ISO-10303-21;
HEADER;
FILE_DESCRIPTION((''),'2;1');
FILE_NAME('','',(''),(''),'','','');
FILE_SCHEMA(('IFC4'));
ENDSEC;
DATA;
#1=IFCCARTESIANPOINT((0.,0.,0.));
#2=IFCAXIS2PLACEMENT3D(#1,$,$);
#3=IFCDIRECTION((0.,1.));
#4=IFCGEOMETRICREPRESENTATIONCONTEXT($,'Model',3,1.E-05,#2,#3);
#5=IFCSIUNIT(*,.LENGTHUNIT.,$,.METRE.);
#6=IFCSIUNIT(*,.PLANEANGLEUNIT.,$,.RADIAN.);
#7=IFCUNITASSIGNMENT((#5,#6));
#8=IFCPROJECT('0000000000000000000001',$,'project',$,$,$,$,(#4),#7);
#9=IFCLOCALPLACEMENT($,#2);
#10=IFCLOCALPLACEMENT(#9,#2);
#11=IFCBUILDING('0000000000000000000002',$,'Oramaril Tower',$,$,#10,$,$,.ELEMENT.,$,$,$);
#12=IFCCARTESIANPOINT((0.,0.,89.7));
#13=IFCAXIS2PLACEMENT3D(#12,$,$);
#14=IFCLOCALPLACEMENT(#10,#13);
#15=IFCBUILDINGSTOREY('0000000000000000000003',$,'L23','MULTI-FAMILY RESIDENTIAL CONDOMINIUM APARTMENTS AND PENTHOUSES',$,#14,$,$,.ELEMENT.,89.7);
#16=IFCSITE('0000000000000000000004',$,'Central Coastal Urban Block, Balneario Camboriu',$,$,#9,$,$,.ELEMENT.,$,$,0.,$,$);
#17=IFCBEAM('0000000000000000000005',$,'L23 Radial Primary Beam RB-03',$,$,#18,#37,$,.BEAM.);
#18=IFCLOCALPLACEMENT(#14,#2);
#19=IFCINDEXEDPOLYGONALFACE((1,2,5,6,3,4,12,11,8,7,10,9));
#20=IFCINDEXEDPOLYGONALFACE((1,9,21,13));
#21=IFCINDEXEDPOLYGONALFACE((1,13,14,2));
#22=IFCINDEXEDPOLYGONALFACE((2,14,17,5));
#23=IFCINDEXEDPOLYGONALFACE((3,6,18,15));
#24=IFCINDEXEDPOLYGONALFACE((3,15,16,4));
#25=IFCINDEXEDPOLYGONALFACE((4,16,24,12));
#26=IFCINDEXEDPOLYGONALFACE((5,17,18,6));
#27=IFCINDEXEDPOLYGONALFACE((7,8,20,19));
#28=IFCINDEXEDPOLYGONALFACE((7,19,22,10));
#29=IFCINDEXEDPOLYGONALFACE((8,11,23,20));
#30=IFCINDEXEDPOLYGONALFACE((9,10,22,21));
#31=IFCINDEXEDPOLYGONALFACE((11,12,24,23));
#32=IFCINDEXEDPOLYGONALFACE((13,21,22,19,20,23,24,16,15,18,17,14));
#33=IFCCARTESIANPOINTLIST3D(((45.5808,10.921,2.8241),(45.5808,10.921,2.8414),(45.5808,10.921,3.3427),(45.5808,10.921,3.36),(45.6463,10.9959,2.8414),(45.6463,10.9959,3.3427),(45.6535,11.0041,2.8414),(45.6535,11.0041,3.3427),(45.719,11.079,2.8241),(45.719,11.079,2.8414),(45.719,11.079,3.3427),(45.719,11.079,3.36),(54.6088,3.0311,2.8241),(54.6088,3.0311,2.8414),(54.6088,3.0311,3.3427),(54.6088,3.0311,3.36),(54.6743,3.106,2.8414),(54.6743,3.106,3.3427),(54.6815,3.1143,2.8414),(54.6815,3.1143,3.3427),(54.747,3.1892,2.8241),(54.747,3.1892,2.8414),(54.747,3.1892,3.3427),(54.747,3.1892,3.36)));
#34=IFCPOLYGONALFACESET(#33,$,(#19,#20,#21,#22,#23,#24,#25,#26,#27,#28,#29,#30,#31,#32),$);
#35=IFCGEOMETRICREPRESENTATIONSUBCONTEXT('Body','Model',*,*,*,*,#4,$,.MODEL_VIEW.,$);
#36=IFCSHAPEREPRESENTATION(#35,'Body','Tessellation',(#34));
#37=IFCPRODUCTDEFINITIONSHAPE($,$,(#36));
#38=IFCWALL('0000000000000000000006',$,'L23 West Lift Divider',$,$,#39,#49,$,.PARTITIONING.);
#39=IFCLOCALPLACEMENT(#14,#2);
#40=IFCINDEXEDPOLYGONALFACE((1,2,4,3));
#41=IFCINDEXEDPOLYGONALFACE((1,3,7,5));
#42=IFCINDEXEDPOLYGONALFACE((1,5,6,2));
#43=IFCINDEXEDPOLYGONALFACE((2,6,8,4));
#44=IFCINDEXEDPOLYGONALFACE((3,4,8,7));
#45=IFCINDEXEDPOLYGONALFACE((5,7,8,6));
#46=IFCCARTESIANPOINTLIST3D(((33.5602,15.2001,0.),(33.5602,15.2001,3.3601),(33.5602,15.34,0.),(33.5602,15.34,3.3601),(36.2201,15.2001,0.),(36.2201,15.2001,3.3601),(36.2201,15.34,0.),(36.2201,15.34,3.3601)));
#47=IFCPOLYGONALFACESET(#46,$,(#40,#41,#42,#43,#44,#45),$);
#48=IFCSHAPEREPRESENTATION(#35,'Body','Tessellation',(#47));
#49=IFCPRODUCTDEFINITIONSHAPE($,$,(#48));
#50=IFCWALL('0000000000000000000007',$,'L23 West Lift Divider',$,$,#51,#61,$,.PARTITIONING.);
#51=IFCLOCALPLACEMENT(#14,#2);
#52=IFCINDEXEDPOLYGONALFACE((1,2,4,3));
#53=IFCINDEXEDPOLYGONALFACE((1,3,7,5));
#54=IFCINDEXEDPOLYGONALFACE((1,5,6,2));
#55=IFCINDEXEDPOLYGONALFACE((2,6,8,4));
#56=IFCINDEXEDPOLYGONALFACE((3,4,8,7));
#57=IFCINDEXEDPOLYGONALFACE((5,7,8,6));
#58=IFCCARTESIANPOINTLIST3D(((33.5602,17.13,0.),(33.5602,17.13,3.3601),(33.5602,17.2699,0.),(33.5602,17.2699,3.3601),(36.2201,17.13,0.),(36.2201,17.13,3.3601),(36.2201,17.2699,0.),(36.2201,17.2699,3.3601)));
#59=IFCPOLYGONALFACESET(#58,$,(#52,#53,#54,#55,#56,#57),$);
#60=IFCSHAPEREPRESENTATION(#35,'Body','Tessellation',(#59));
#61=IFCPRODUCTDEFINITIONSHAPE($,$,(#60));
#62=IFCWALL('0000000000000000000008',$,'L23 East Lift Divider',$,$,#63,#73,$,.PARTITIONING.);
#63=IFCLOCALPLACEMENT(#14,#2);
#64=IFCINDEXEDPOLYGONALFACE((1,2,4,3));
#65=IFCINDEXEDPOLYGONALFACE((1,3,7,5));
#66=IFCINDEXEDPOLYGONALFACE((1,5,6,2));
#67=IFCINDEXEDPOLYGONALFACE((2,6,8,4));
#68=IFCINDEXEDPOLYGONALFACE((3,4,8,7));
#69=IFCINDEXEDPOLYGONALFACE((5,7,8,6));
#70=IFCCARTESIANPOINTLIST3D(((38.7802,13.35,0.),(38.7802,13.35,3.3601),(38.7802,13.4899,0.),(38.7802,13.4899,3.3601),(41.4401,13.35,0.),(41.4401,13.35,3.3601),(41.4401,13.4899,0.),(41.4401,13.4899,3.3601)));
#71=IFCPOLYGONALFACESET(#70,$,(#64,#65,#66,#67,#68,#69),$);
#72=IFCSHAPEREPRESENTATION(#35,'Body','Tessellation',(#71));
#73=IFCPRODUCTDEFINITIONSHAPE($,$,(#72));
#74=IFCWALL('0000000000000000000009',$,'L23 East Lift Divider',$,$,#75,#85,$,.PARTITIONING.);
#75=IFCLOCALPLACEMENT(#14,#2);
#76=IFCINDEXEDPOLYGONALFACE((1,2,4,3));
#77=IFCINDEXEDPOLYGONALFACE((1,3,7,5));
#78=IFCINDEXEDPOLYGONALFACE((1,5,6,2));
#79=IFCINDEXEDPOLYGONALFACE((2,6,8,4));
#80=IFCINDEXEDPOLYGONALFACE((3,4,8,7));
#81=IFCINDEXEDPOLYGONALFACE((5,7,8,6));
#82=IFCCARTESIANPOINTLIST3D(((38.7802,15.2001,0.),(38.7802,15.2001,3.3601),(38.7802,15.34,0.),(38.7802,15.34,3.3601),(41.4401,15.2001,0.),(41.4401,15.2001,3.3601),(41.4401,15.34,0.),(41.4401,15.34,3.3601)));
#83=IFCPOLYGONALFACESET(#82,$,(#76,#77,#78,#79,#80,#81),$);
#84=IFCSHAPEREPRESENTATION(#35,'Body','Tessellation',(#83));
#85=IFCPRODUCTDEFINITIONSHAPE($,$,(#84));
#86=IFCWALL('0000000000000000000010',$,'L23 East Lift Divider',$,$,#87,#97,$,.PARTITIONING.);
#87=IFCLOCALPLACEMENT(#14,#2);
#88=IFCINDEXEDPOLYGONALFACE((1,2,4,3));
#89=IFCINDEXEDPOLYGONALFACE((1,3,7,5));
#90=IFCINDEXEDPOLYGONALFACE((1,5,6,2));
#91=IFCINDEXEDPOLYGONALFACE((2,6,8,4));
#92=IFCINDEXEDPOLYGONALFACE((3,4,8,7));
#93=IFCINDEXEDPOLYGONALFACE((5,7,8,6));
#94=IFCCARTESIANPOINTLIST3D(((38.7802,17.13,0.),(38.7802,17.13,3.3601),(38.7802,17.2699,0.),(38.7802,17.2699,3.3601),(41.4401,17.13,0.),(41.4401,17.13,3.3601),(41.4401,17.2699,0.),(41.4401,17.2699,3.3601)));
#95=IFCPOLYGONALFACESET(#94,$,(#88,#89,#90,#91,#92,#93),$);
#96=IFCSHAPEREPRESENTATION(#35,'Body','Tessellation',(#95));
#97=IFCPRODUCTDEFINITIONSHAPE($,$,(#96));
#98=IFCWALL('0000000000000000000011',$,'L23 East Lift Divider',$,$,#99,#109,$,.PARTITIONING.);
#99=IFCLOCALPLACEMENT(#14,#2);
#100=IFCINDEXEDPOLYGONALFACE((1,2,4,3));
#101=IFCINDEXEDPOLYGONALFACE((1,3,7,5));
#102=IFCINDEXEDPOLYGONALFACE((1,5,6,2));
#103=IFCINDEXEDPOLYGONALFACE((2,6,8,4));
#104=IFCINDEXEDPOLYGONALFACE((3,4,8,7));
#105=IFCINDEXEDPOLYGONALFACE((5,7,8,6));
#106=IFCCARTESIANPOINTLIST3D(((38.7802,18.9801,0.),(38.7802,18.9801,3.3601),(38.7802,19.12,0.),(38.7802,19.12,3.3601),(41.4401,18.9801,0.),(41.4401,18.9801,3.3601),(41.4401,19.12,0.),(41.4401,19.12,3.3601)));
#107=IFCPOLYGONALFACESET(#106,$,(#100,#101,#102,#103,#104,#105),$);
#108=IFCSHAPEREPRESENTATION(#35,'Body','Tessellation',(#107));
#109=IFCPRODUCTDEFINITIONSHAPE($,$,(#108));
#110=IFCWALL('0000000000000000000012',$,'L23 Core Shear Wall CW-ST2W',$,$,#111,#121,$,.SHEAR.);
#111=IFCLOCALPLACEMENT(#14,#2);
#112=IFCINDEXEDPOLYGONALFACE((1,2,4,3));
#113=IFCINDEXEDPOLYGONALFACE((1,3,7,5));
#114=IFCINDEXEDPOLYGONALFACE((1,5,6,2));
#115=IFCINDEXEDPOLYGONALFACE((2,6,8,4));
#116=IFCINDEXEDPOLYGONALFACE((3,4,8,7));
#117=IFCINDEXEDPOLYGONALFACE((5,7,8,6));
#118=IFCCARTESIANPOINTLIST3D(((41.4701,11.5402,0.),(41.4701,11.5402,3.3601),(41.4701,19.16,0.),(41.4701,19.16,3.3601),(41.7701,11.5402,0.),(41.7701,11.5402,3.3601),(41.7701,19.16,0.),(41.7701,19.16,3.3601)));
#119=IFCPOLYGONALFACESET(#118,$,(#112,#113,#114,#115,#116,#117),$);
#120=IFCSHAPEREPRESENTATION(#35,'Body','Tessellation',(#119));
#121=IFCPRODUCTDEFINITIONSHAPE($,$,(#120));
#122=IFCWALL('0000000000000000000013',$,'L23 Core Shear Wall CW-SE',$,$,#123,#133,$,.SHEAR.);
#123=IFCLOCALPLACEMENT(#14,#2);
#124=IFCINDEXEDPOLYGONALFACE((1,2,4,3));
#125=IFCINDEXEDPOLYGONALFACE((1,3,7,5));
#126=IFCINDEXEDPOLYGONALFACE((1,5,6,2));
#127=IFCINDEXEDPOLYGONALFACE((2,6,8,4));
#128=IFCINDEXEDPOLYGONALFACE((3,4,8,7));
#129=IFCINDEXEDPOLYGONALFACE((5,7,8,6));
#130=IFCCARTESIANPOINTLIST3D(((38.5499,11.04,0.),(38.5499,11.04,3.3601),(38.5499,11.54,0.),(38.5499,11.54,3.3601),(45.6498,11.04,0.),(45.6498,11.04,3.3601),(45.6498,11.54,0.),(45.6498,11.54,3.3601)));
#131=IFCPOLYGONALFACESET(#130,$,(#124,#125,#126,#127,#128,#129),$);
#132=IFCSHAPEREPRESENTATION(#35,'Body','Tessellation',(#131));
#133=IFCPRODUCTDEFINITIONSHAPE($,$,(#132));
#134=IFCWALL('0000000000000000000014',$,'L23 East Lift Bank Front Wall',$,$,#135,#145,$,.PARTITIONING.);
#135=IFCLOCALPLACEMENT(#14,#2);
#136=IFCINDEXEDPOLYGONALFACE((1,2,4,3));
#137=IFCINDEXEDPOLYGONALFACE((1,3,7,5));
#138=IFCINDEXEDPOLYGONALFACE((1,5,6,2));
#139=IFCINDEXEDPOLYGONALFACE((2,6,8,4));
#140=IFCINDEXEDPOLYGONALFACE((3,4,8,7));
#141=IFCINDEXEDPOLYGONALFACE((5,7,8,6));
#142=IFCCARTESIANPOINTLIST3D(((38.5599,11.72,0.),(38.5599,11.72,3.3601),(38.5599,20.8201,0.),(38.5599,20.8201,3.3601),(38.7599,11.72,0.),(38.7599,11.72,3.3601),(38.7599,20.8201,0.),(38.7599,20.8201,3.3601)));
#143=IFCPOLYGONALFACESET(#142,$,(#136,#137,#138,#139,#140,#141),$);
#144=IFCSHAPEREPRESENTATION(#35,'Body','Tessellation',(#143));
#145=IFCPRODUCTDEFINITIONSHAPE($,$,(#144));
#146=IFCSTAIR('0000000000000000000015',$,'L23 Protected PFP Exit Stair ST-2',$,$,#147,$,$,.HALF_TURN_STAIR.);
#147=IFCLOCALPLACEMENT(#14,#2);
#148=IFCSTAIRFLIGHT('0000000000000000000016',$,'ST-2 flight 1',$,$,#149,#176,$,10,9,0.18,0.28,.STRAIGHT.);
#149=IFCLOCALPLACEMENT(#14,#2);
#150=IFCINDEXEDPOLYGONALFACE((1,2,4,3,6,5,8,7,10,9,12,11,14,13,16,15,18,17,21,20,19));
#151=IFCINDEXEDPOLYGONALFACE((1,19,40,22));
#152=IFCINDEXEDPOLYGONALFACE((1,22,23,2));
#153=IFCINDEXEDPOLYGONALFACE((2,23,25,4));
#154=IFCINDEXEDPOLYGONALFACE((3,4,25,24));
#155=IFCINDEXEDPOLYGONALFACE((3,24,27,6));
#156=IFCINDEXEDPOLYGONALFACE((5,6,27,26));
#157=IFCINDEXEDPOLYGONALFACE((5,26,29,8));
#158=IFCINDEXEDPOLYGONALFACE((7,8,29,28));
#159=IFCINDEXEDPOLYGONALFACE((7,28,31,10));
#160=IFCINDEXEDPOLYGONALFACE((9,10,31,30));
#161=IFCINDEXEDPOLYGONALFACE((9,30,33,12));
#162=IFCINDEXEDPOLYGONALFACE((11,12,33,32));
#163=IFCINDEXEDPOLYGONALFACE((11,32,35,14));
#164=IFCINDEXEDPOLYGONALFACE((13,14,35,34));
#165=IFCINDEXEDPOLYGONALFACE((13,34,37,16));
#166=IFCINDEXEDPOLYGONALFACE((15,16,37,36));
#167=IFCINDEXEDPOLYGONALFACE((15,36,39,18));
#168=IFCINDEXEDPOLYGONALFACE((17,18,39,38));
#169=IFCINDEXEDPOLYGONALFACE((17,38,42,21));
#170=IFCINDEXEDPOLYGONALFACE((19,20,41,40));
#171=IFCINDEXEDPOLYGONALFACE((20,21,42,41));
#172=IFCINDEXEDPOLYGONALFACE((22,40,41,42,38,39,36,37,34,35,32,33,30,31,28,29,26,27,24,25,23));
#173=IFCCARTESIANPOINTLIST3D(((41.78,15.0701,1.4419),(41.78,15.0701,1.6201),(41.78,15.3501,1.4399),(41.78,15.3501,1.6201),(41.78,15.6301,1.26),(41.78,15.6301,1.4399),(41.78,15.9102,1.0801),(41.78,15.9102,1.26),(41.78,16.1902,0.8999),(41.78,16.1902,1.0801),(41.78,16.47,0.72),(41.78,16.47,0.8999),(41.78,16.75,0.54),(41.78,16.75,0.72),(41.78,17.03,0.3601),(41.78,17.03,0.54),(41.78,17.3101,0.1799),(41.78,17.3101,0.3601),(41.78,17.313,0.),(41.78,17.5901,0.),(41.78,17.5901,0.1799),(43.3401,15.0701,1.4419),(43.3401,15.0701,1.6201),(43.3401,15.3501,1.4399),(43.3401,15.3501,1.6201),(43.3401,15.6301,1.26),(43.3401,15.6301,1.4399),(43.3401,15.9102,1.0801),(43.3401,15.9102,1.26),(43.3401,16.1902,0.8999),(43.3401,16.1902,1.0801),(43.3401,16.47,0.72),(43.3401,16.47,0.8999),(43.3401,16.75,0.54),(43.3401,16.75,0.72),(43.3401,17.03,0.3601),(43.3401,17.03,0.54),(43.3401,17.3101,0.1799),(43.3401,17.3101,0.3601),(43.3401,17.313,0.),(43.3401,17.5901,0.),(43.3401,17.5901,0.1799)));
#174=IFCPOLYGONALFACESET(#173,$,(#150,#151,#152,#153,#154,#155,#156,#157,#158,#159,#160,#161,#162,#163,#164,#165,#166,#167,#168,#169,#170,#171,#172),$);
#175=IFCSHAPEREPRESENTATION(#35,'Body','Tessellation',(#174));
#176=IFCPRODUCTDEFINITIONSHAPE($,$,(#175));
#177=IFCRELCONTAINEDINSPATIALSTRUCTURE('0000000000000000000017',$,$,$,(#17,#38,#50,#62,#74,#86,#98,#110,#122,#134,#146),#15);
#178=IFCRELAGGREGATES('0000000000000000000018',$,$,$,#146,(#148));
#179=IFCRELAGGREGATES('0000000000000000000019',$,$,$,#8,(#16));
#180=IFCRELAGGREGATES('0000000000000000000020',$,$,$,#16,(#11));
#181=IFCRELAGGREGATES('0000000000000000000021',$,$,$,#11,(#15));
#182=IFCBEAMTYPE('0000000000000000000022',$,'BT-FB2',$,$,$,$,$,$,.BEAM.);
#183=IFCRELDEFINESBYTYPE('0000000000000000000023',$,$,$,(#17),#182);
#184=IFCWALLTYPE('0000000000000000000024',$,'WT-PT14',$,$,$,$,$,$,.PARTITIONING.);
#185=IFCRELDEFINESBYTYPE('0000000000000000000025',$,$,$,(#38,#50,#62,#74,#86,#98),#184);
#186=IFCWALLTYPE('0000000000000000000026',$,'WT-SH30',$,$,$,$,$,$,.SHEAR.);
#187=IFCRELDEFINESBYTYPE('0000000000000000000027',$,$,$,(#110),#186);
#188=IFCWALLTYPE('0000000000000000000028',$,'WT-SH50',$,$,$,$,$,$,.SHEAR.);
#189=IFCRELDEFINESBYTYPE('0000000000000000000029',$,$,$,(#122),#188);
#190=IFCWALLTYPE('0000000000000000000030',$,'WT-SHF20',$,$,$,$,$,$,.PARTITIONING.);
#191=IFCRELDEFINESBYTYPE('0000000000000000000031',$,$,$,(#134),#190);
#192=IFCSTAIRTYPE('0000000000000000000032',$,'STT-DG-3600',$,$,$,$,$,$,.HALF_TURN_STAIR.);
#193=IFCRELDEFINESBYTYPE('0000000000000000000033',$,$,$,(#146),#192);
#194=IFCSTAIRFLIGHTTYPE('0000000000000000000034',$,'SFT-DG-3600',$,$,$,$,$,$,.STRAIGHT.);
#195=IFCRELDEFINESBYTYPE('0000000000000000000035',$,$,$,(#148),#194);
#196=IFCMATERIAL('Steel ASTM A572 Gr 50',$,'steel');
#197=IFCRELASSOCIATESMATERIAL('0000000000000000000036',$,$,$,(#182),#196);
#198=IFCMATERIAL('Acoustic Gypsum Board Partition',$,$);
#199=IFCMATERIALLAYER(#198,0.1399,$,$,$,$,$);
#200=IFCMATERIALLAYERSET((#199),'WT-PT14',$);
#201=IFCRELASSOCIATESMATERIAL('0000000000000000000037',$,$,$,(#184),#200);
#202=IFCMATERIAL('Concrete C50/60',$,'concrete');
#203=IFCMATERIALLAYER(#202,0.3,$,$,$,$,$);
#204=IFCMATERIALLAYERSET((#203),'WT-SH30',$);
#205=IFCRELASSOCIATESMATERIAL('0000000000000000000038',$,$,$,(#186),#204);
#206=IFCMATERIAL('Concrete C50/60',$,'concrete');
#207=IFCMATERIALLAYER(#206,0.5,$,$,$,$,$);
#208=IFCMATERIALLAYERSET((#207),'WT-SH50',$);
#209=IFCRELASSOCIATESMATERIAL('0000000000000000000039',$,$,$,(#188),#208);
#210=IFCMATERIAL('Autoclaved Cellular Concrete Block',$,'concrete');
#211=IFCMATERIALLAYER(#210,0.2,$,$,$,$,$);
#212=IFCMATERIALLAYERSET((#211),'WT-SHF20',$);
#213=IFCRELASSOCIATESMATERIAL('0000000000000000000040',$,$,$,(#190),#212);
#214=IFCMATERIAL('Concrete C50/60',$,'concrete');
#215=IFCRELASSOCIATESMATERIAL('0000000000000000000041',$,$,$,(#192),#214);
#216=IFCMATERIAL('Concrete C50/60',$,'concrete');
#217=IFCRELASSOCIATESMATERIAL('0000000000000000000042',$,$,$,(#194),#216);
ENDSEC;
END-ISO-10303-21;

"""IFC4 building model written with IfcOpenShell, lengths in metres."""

from ifc_helpers import new_model, si_unit, direction, frame, frame_2d, origin, origin_2d, place, context, subcontext, project, spatial, polyline, rectangle, i_section, outline, extrude, material, layer, layer_set, material_profile, profile_set, type_object, element, aggregate, save


model = new_model("IFC4")

# Units and contexts
model_context = context("Model", 3, precision=1e-05, world=origin(), true_north=direction((0.0, 1.0)))
body_context = subcontext(model_context, "Body", "Model", "MODEL_VIEW")
ifc_project = project(units=[si_unit("LENGTHUNIT", "METRE"), si_unit("PLANEANGLEUNIT", "RADIAN")], contexts=[model_context])

# Site, building, storey
site_placement = place(None, origin())
site = spatial("IfcSite", under=ifc_project, at=site_placement, Name="Central Coastal Urban Block, Balneario Camboriu", CompositionType="ELEMENT", RefElevation=0.0)
building_placement = place(site_placement, origin())
building = spatial("IfcBuilding", under=site, at=building_placement, Name="Oramaril Tower", CompositionType="ELEMENT")
storey_placement = place(building_placement, frame((0.0, 0.0, 89.7)))
storey = spatial("IfcBuildingStorey", under=building, at=storey_placement, Name="L23", Description="MULTI-FAMILY RESIDENTIAL CONDOMINIUM APARTMENTS AND PENTHOUSES", CompositionType="ELEMENT", Elevation=89.7)

# Beam
ifc_material_1 = material(Name="Steel ASTM A572 Gr 50", Category="steel")
ifc_material_profile = material_profile(ifc_material_1, i_section(OverallWidth=0.21, OverallDepth=0.5359, WebThickness=0.011, FlangeThickness=0.0173, at=origin_2d()), Name="W21X68")
ifc_profile_set = profile_set([ifc_material_profile], Name="Steel ASTM A572 Gr 50")
beam_type = type_object("IfcBeamType", Name="BT-FB2", PredefinedType="BEAM", material=ifc_profile_set)
beam_placement = place(storey_placement, frame((45.6499, 11.0, 3.092), z_axis=(0.752976, -0.658048, 0.0), x_axis=(0.658048, 0.752976, 0.0)))
element("IfcBeam", 1, at=beam_placement, inside=storey, type_object=beam_type, Name="L23 Radial Primary Beam RB-03", PredefinedType="BEAM", context=body_context, shape_type="SweptSolid", body=[
    extrude(i_section(OverallWidth=0.21, OverallDepth=0.5359, WebThickness=0.011, FlangeThickness=0.0173, at=origin_2d()), origin(), (0.0, 0.0, 1.0), 11.9897),
])

# Walls
ifc_material_2 = material(Name="Acoustic Gypsum Board Partition")
ifc_layer_1 = layer(ifc_material_2, 0.1399)
ifc_layer_set_1 = layer_set([ifc_layer_1], Name="WT-PT14")
wall_type_1 = type_object("IfcWallType", Name="WT-PT14", PredefinedType="PARTITIONING", material=ifc_layer_set_1)
for number, where, z_axis, x_axis, name in (
    (2, (33.5601, 15.27, 0.0), (0.0, 0.0, 1.0), (1.0, 0.0, 0.0), "L23 West Lift Divider"),
    (3, (33.5601, 17.2, 0.0), (0.0, 0.0, 1.0), (1.0, 0.0, 0.0), "L23 West Lift Divider"),
    (4, (38.78, 13.4199, 0.0), (0.0, 0.0, 1.0), (1.0, 0.0, 0.0), "L23 East Lift Divider"),
    (5, (38.78, 15.27, 0.0), (0.0, 0.0, 1.0), (1.0, 0.0, 0.0), "L23 East Lift Divider"),
    (6, (38.78, 17.2, 0.0), (0.0, 0.0, 1.0), (1.0, 0.0, 0.0), "L23 East Lift Divider"),
    (7, (38.78, 19.05, 0.0), (0.0, 0.0, 1.0), (1.0, 0.0, 0.0), "L23 East Lift Divider"),
):
    element("IfcWall", number, at=place(storey_placement, frame(where, z_axis=z_axis, x_axis=x_axis)), inside=storey, type_object=wall_type_1, Name=name, PredefinedType="PARTITIONING", context=body_context, shape_type="SweptSolid", body=[
        extrude(rectangle(XDim=2.6599, YDim=0.1399, at=frame_2d((1.3301, 0.0))), origin(), (0.0, 0.0, 1.0), 3.3601),
    ])
ifc_material_3 = material(Name="Concrete C50/60", Category="concrete")
ifc_layer_2 = layer(ifc_material_3, 0.3)
ifc_layer_set_2 = layer_set([ifc_layer_2], Name="WT-SH30")
wall_type_2 = type_object("IfcWallType", Name="WT-SH30", PredefinedType="SHEAR", material=ifc_layer_set_2)
wall_1_placement = place(storey_placement, frame((41.6201, 11.54, 0.0), z_axis=(0.0, 0.0, 1.0), x_axis=(0.0, 1.0, 0.0)))
element("IfcWall", 8, at=wall_1_placement, inside=storey, type_object=wall_type_2, Name="L23 Core Shear Wall CW-ST2W", PredefinedType="SHEAR", context=body_context, shape_type="SweptSolid", body=[
    extrude(rectangle(XDim=7.6199, YDim=0.3, at=frame_2d((3.8101, 0.0))), origin(), (0.0, 0.0, 1.0), 3.3601),
])
ifc_material_4 = material(Name="Concrete C50/60", Category="concrete")
ifc_layer_3 = layer(ifc_material_4, 0.5)
ifc_layer_set_3 = layer_set([ifc_layer_3], Name="WT-SH50")
wall_type_3 = type_object("IfcWallType", Name="WT-SH50", PredefinedType="SHEAR", material=ifc_layer_set_3)
wall_2_placement = place(storey_placement, frame((38.55, 11.29, 0.0), z_axis=(0.0, 0.0, 1.0), x_axis=(1.0, 0.0, 0.0)))
element("IfcWall", 9, at=wall_2_placement, inside=storey, type_object=wall_type_3, Name="L23 Core Shear Wall CW-SE", PredefinedType="SHEAR", context=body_context, shape_type="SweptSolid", body=[
    extrude(rectangle(XDim=7.0999, YDim=0.5, at=frame_2d((3.5498, 0.0))), origin(), (0.0, 0.0, 1.0), 3.3601),
])

# Shared definitions
ifc_material_5 = material(Name="Autoclaved Cellular Concrete Block", Category="concrete")
ifc_layer_4 = layer(ifc_material_5, 0.2)
ifc_layer_set_4 = layer_set([ifc_layer_4], Name="WT-SHF20")
wall_type_4 = type_object("IfcWallType", Name="WT-SHF20", PredefinedType="PARTITIONING", material=ifc_layer_set_4)

# Wall
wall_3_placement = place(storey_placement, frame((38.6599, 11.72, 0.0), z_axis=(0.0, 0.0, 1.0), x_axis=(0.0, 1.0, 0.0)))
element("IfcWall", 10, at=wall_3_placement, inside=storey, type_object=wall_type_4, Name="L23 East Lift Bank Front Wall", PredefinedType="PARTITIONING", context=body_context, shape_type="SweptSolid", body=[
    extrude(rectangle(XDim=9.1001, YDim=0.2, at=frame_2d((4.55, 0.0))), origin(), (0.0, 0.0, 1.0), 3.3601),
])

# Stair, stair flight
ifc_material_6 = material(Name="Concrete C50/60", Category="concrete")
stair_type = type_object("IfcStairType", Name="STT-DG-3600", PredefinedType="HALF_TURN_STAIR", material=ifc_material_6)
stair_placement = place(storey_placement, origin())
stair = element("IfcStair", 11, at=stair_placement, inside=storey, type_object=stair_type, Name="L23 Protected PFP Exit Stair ST-2", PredefinedType="HALF_TURN_STAIR")
ifc_material_7 = material(Name="Concrete C50/60", Category="concrete")
stair_flight_type = type_object("IfcStairFlightType", Name="SFT-DG-3600", PredefinedType="STRAIGHT", material=ifc_material_7)
stair_flight_1_placement = place(storey_placement, frame((42.5601, 17.5901, 0.0), z_axis=(0.0, 0.0, 1.0), x_axis=(0.0, -1.0, 0.0)))
stair_flight_1 = element("IfcStairFlight", 12, at=stair_flight_1_placement, type_object=stair_flight_type, Name="ST-2 flight 1", NumberOfRisers=10, NumberOfTreads=9, PredefinedType="STRAIGHT", RiserHeight=0.18, TreadLength=0.28, context=body_context, shape_type="SweptSolid", body=[
    extrude(outline(polyline([(0.0, 0.0), (0.0, 0.1799), (0.28, 0.1799), (0.28, 0.3601), (0.5601, 0.3601), (0.5601, 0.54), (0.8401, 0.54), (0.8401, 0.72), (1.1201, 0.72), (1.1201, 0.8999), (1.3999, 0.8999), (1.3999, 1.0801), (1.6799, 1.0801), (1.6799, 1.26), (1.96, 1.26), (1.96, 1.4399), (2.24, 1.4399), (2.24, 1.6201), (2.52, 1.6201), (2.52, 1.8), (2.52, 1.4419), (0.2771, 0.0), (0.0, 0.0)])), frame((0.0, 0.78, 0.0), z_axis=(0.0, -1.0, 0.0), x_axis=(1.0, 0.0, 0.0)), (0.0, 0.0, 1.0), 1.5601),
])
aggregate(stair, [stair_flight_1])

save(model, "model.ifc")
